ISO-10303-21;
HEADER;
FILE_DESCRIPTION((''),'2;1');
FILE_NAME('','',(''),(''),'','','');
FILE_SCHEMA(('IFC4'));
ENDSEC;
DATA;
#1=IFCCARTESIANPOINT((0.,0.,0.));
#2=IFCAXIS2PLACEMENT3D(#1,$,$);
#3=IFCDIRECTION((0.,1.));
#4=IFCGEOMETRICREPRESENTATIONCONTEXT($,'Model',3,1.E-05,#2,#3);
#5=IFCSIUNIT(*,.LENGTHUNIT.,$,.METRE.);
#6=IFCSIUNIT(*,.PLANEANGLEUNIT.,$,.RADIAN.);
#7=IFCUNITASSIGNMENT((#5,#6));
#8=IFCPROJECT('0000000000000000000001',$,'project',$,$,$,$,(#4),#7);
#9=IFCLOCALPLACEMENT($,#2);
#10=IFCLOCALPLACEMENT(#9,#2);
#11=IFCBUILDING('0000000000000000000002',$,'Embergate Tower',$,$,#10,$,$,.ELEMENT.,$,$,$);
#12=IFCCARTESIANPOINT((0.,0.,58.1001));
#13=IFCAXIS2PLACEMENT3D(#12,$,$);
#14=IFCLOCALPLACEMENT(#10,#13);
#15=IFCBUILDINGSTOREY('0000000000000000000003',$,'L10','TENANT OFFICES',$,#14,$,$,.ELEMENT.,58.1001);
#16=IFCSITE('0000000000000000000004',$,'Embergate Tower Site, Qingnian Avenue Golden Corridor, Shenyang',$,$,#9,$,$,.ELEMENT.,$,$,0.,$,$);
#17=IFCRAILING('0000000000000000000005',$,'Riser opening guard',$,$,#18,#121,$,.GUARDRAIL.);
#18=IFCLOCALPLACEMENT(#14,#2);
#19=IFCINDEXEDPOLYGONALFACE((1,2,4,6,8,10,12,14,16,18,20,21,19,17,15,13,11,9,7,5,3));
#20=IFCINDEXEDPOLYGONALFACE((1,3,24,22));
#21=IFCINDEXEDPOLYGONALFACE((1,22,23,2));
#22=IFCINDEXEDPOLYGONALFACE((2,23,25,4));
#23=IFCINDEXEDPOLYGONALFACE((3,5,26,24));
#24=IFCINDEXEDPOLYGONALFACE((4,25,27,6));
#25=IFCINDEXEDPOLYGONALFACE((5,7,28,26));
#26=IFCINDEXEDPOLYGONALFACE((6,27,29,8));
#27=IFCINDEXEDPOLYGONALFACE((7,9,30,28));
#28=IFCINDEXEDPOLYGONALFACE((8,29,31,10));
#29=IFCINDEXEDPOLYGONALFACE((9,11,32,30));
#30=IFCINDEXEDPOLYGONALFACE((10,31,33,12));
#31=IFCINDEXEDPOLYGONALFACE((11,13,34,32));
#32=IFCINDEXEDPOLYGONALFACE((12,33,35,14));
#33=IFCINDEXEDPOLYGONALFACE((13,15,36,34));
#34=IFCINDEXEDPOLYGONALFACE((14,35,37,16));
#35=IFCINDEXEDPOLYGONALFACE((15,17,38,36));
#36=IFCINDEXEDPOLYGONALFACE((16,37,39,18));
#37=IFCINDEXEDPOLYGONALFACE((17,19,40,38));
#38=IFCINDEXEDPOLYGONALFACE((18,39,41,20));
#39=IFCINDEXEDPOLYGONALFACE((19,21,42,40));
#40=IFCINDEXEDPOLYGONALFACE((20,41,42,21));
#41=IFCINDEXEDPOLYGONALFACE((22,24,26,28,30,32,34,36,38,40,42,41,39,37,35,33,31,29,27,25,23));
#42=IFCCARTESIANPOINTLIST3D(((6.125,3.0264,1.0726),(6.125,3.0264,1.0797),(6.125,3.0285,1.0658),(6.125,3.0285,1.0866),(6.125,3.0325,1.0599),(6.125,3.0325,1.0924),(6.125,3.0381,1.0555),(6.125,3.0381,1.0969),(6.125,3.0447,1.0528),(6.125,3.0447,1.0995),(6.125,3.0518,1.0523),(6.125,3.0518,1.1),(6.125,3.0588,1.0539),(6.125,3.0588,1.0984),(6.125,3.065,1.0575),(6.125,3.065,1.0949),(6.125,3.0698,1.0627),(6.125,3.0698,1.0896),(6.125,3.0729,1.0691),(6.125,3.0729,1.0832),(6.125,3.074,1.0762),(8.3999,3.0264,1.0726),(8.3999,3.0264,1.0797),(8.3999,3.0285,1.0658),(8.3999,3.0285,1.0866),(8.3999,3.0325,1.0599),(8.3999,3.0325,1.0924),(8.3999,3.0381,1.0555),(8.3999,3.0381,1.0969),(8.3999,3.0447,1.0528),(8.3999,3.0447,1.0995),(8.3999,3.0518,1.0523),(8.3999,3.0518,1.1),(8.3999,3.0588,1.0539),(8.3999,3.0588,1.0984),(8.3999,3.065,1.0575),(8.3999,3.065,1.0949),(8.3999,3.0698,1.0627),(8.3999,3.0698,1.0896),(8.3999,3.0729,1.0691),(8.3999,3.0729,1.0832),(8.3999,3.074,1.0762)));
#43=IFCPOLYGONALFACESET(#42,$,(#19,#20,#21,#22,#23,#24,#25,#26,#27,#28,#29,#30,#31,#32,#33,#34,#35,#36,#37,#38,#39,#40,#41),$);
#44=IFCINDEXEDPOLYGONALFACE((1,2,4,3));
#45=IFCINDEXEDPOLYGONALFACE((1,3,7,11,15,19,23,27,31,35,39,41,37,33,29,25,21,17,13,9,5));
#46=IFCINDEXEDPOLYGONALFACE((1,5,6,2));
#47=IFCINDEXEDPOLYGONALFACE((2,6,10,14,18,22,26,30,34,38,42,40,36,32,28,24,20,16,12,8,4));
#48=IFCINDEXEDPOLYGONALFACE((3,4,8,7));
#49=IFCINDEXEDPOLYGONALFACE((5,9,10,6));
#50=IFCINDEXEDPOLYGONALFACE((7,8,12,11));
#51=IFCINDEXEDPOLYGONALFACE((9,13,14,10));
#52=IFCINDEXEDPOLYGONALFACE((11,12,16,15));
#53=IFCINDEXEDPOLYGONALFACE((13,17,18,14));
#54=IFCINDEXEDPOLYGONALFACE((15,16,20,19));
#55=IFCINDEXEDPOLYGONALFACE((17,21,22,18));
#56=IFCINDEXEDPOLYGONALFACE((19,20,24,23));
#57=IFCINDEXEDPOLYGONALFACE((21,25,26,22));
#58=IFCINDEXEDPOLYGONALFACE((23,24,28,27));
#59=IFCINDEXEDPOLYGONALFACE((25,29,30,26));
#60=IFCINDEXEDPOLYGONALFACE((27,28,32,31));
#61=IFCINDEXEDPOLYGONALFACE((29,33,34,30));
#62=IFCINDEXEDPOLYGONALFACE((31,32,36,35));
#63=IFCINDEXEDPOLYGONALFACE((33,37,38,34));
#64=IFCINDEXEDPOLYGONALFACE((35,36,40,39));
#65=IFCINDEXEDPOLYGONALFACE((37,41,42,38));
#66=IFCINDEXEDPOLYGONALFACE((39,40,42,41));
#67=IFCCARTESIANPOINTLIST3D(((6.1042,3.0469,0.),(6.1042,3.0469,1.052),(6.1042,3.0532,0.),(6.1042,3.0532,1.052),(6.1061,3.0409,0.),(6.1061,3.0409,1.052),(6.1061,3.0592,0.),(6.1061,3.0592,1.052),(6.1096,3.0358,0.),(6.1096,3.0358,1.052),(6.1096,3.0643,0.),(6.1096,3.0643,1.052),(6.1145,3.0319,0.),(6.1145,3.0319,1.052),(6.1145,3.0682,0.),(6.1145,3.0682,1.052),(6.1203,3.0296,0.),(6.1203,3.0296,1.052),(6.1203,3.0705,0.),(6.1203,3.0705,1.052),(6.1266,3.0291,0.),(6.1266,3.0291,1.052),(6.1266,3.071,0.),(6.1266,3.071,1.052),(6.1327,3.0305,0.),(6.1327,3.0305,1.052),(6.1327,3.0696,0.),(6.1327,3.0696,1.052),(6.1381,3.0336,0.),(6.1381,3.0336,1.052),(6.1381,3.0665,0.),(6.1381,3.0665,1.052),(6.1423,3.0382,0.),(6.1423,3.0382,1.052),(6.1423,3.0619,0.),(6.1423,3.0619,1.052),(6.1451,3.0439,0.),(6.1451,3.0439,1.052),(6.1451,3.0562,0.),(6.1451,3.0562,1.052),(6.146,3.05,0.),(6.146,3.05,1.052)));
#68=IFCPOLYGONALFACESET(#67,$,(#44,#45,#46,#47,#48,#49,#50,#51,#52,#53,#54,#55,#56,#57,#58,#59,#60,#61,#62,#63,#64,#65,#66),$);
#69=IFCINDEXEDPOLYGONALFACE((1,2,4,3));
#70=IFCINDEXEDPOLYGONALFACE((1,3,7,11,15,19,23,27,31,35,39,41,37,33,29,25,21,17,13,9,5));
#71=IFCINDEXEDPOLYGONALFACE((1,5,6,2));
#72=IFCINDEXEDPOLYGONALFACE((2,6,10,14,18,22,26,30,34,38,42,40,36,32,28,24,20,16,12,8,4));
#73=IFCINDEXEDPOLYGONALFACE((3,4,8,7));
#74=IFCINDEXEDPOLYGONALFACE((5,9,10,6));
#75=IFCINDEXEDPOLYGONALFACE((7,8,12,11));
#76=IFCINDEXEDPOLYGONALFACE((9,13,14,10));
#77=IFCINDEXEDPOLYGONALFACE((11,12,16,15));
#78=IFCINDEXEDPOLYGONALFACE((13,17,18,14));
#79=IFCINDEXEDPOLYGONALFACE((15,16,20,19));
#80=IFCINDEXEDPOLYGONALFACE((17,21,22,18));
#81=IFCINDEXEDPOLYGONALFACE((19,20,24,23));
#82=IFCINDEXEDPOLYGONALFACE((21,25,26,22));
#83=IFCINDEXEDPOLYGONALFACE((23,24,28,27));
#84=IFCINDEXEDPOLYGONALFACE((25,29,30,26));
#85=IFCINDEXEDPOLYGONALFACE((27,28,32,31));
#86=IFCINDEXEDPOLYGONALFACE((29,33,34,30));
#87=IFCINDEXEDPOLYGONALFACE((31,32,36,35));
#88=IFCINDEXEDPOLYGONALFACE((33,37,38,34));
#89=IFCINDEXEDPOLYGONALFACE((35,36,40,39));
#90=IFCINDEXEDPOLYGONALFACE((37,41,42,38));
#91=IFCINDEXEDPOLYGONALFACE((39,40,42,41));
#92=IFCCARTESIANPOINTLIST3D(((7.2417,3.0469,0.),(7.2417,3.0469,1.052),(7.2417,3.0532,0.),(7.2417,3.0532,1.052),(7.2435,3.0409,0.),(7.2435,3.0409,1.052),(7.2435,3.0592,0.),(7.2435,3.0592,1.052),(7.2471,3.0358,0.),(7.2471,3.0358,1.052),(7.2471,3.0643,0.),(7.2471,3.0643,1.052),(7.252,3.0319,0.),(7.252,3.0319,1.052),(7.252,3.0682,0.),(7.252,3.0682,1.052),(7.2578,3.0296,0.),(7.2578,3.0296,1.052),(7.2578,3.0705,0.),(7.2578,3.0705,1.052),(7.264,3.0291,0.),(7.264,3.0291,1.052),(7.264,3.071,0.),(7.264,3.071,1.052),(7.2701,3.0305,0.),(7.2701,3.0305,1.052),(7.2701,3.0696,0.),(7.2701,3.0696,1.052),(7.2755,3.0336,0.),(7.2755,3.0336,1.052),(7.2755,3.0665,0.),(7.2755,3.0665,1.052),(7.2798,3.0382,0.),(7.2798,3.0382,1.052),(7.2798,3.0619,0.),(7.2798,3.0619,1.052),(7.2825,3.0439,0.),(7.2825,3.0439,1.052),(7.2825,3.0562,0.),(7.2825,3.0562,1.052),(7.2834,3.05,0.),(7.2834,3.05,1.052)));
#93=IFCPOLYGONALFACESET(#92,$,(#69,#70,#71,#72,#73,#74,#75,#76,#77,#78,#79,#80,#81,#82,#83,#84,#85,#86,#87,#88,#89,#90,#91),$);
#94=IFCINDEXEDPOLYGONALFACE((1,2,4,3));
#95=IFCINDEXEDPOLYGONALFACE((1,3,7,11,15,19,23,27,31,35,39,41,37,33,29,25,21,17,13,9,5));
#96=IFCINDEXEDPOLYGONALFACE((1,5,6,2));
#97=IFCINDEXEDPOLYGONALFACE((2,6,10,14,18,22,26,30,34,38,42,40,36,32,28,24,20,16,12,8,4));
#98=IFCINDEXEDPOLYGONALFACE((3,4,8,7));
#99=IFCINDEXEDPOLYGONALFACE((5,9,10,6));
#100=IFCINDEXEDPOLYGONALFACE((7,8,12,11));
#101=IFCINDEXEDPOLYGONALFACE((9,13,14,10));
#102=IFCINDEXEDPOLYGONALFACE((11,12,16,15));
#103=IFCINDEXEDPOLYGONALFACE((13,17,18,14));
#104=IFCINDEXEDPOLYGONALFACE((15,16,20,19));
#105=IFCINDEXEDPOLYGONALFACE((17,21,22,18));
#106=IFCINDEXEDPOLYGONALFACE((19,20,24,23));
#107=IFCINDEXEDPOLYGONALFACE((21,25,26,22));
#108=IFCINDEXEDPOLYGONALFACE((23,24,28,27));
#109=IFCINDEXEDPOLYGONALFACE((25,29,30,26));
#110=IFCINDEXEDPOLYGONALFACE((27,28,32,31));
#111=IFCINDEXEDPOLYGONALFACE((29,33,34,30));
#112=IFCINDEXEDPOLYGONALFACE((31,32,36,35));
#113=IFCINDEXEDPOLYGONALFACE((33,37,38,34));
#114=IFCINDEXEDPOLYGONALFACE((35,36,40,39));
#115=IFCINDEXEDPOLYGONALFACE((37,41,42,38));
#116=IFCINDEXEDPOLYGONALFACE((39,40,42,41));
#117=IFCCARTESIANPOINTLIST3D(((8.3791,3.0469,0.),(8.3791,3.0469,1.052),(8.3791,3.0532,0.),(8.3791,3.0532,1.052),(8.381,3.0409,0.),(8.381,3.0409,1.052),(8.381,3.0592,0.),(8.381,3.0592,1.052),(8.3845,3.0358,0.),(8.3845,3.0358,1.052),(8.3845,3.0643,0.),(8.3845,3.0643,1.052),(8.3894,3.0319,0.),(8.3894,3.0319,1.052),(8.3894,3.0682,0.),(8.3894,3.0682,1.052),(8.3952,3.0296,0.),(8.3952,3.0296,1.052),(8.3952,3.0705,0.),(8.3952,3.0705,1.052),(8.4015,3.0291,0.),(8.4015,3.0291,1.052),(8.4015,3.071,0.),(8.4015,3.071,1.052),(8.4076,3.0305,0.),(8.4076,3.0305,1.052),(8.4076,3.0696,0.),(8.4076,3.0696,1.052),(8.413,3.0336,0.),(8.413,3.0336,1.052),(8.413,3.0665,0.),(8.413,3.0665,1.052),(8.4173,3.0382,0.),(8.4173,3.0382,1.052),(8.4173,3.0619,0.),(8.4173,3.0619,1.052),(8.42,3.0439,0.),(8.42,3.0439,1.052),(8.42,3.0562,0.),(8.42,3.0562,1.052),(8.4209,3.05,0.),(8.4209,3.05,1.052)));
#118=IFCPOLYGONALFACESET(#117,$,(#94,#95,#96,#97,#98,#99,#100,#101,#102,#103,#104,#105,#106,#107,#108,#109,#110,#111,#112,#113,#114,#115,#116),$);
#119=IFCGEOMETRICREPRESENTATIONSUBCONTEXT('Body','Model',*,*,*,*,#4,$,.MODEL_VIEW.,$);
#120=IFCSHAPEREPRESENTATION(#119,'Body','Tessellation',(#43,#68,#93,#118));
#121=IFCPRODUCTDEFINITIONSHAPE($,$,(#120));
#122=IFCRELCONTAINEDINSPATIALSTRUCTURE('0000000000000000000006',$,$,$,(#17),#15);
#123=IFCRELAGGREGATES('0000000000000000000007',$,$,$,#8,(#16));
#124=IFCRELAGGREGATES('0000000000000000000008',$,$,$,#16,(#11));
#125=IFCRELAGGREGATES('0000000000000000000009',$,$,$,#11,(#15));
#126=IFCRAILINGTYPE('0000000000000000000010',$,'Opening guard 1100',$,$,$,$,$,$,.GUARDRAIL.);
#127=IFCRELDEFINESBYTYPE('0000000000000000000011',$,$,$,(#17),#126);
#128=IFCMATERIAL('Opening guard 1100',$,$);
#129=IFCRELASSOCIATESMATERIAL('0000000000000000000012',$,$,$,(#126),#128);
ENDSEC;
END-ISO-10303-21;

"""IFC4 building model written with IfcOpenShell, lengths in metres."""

from ifc_helpers import new_model, si_unit, direction, frame, origin, origin_2d, place, context, subcontext, project, spatial, circle, extrude, source, transform, mapped, material, type_object, element, save


model = new_model("IFC4")

# Units and contexts
model_context = context("Model", 3, precision=1e-05, world=origin(), true_north=direction((0.0, 1.0)))
body_context = subcontext(model_context, "Body", "Model", "MODEL_VIEW")
ifc_project = project(units=[si_unit("LENGTHUNIT", "METRE"), si_unit("PLANEANGLEUNIT", "RADIAN")], contexts=[model_context])

# Site, building, storey
site_placement = place(None, origin())
site = spatial("IfcSite", under=ifc_project, at=site_placement, Name="Embergate Tower Site, Qingnian Avenue Golden Corridor, Shenyang", CompositionType="ELEMENT", RefElevation=0.0)
building_placement = place(site_placement, origin())
building = spatial("IfcBuilding", under=site, at=building_placement, Name="Embergate Tower", CompositionType="ELEMENT")
storey_placement = place(building_placement, frame((0.0, 0.0, 58.1001)))
storey = spatial("IfcBuildingStorey", under=building, at=storey_placement, Name="L10", Description="TENANT OFFICES", CompositionType="ELEMENT", Elevation=58.1001)

# Railing
ifc_material_1 = material(Name="Opening guard 1100")
railing_type = type_object("IfcRailingType", Name="Opening guard 1100", PredefinedType="GUARDRAIL", material=ifc_material_1)
shared_shape_1 = source(origin(), body_context, "Body", "SweptSolid", [
    extrude(circle(Radius=0.0239, at=origin_2d()), frame((0.0, 0.0, 1.0762), z_axis=(1.0, 0.0, 0.0), x_axis=(0.0, 1.0, 0.0)), (0.0, 0.0, 1.0), 2.2749),
    extrude(circle(Radius=0.021, at=origin_2d()), origin(), (0.0, 0.0, 1.0), 1.052),
    extrude(circle(Radius=0.021, at=origin_2d()), frame((1.1375, 0.0, 0.0)), (0.0, 0.0, 1.0), 1.052),
    extrude(circle(Radius=0.021, at=origin_2d()), frame((2.2749, 0.0, 0.0)), (0.0, 0.0, 1.0), 1.052),
])
railing_placement = place(storey_placement, frame((6.125, 3.05, 0.0)))
element("IfcRailing", 1, at=railing_placement, inside=storey, type_object=railing_type, Name="Riser opening guard", PredefinedType="GUARDRAIL", context=body_context, shape_type="MappedRepresentation", body=[
    mapped(shared_shape_1, transform((0.0, 0.0, 0.0))),
])

save(model, "model.ifc")
